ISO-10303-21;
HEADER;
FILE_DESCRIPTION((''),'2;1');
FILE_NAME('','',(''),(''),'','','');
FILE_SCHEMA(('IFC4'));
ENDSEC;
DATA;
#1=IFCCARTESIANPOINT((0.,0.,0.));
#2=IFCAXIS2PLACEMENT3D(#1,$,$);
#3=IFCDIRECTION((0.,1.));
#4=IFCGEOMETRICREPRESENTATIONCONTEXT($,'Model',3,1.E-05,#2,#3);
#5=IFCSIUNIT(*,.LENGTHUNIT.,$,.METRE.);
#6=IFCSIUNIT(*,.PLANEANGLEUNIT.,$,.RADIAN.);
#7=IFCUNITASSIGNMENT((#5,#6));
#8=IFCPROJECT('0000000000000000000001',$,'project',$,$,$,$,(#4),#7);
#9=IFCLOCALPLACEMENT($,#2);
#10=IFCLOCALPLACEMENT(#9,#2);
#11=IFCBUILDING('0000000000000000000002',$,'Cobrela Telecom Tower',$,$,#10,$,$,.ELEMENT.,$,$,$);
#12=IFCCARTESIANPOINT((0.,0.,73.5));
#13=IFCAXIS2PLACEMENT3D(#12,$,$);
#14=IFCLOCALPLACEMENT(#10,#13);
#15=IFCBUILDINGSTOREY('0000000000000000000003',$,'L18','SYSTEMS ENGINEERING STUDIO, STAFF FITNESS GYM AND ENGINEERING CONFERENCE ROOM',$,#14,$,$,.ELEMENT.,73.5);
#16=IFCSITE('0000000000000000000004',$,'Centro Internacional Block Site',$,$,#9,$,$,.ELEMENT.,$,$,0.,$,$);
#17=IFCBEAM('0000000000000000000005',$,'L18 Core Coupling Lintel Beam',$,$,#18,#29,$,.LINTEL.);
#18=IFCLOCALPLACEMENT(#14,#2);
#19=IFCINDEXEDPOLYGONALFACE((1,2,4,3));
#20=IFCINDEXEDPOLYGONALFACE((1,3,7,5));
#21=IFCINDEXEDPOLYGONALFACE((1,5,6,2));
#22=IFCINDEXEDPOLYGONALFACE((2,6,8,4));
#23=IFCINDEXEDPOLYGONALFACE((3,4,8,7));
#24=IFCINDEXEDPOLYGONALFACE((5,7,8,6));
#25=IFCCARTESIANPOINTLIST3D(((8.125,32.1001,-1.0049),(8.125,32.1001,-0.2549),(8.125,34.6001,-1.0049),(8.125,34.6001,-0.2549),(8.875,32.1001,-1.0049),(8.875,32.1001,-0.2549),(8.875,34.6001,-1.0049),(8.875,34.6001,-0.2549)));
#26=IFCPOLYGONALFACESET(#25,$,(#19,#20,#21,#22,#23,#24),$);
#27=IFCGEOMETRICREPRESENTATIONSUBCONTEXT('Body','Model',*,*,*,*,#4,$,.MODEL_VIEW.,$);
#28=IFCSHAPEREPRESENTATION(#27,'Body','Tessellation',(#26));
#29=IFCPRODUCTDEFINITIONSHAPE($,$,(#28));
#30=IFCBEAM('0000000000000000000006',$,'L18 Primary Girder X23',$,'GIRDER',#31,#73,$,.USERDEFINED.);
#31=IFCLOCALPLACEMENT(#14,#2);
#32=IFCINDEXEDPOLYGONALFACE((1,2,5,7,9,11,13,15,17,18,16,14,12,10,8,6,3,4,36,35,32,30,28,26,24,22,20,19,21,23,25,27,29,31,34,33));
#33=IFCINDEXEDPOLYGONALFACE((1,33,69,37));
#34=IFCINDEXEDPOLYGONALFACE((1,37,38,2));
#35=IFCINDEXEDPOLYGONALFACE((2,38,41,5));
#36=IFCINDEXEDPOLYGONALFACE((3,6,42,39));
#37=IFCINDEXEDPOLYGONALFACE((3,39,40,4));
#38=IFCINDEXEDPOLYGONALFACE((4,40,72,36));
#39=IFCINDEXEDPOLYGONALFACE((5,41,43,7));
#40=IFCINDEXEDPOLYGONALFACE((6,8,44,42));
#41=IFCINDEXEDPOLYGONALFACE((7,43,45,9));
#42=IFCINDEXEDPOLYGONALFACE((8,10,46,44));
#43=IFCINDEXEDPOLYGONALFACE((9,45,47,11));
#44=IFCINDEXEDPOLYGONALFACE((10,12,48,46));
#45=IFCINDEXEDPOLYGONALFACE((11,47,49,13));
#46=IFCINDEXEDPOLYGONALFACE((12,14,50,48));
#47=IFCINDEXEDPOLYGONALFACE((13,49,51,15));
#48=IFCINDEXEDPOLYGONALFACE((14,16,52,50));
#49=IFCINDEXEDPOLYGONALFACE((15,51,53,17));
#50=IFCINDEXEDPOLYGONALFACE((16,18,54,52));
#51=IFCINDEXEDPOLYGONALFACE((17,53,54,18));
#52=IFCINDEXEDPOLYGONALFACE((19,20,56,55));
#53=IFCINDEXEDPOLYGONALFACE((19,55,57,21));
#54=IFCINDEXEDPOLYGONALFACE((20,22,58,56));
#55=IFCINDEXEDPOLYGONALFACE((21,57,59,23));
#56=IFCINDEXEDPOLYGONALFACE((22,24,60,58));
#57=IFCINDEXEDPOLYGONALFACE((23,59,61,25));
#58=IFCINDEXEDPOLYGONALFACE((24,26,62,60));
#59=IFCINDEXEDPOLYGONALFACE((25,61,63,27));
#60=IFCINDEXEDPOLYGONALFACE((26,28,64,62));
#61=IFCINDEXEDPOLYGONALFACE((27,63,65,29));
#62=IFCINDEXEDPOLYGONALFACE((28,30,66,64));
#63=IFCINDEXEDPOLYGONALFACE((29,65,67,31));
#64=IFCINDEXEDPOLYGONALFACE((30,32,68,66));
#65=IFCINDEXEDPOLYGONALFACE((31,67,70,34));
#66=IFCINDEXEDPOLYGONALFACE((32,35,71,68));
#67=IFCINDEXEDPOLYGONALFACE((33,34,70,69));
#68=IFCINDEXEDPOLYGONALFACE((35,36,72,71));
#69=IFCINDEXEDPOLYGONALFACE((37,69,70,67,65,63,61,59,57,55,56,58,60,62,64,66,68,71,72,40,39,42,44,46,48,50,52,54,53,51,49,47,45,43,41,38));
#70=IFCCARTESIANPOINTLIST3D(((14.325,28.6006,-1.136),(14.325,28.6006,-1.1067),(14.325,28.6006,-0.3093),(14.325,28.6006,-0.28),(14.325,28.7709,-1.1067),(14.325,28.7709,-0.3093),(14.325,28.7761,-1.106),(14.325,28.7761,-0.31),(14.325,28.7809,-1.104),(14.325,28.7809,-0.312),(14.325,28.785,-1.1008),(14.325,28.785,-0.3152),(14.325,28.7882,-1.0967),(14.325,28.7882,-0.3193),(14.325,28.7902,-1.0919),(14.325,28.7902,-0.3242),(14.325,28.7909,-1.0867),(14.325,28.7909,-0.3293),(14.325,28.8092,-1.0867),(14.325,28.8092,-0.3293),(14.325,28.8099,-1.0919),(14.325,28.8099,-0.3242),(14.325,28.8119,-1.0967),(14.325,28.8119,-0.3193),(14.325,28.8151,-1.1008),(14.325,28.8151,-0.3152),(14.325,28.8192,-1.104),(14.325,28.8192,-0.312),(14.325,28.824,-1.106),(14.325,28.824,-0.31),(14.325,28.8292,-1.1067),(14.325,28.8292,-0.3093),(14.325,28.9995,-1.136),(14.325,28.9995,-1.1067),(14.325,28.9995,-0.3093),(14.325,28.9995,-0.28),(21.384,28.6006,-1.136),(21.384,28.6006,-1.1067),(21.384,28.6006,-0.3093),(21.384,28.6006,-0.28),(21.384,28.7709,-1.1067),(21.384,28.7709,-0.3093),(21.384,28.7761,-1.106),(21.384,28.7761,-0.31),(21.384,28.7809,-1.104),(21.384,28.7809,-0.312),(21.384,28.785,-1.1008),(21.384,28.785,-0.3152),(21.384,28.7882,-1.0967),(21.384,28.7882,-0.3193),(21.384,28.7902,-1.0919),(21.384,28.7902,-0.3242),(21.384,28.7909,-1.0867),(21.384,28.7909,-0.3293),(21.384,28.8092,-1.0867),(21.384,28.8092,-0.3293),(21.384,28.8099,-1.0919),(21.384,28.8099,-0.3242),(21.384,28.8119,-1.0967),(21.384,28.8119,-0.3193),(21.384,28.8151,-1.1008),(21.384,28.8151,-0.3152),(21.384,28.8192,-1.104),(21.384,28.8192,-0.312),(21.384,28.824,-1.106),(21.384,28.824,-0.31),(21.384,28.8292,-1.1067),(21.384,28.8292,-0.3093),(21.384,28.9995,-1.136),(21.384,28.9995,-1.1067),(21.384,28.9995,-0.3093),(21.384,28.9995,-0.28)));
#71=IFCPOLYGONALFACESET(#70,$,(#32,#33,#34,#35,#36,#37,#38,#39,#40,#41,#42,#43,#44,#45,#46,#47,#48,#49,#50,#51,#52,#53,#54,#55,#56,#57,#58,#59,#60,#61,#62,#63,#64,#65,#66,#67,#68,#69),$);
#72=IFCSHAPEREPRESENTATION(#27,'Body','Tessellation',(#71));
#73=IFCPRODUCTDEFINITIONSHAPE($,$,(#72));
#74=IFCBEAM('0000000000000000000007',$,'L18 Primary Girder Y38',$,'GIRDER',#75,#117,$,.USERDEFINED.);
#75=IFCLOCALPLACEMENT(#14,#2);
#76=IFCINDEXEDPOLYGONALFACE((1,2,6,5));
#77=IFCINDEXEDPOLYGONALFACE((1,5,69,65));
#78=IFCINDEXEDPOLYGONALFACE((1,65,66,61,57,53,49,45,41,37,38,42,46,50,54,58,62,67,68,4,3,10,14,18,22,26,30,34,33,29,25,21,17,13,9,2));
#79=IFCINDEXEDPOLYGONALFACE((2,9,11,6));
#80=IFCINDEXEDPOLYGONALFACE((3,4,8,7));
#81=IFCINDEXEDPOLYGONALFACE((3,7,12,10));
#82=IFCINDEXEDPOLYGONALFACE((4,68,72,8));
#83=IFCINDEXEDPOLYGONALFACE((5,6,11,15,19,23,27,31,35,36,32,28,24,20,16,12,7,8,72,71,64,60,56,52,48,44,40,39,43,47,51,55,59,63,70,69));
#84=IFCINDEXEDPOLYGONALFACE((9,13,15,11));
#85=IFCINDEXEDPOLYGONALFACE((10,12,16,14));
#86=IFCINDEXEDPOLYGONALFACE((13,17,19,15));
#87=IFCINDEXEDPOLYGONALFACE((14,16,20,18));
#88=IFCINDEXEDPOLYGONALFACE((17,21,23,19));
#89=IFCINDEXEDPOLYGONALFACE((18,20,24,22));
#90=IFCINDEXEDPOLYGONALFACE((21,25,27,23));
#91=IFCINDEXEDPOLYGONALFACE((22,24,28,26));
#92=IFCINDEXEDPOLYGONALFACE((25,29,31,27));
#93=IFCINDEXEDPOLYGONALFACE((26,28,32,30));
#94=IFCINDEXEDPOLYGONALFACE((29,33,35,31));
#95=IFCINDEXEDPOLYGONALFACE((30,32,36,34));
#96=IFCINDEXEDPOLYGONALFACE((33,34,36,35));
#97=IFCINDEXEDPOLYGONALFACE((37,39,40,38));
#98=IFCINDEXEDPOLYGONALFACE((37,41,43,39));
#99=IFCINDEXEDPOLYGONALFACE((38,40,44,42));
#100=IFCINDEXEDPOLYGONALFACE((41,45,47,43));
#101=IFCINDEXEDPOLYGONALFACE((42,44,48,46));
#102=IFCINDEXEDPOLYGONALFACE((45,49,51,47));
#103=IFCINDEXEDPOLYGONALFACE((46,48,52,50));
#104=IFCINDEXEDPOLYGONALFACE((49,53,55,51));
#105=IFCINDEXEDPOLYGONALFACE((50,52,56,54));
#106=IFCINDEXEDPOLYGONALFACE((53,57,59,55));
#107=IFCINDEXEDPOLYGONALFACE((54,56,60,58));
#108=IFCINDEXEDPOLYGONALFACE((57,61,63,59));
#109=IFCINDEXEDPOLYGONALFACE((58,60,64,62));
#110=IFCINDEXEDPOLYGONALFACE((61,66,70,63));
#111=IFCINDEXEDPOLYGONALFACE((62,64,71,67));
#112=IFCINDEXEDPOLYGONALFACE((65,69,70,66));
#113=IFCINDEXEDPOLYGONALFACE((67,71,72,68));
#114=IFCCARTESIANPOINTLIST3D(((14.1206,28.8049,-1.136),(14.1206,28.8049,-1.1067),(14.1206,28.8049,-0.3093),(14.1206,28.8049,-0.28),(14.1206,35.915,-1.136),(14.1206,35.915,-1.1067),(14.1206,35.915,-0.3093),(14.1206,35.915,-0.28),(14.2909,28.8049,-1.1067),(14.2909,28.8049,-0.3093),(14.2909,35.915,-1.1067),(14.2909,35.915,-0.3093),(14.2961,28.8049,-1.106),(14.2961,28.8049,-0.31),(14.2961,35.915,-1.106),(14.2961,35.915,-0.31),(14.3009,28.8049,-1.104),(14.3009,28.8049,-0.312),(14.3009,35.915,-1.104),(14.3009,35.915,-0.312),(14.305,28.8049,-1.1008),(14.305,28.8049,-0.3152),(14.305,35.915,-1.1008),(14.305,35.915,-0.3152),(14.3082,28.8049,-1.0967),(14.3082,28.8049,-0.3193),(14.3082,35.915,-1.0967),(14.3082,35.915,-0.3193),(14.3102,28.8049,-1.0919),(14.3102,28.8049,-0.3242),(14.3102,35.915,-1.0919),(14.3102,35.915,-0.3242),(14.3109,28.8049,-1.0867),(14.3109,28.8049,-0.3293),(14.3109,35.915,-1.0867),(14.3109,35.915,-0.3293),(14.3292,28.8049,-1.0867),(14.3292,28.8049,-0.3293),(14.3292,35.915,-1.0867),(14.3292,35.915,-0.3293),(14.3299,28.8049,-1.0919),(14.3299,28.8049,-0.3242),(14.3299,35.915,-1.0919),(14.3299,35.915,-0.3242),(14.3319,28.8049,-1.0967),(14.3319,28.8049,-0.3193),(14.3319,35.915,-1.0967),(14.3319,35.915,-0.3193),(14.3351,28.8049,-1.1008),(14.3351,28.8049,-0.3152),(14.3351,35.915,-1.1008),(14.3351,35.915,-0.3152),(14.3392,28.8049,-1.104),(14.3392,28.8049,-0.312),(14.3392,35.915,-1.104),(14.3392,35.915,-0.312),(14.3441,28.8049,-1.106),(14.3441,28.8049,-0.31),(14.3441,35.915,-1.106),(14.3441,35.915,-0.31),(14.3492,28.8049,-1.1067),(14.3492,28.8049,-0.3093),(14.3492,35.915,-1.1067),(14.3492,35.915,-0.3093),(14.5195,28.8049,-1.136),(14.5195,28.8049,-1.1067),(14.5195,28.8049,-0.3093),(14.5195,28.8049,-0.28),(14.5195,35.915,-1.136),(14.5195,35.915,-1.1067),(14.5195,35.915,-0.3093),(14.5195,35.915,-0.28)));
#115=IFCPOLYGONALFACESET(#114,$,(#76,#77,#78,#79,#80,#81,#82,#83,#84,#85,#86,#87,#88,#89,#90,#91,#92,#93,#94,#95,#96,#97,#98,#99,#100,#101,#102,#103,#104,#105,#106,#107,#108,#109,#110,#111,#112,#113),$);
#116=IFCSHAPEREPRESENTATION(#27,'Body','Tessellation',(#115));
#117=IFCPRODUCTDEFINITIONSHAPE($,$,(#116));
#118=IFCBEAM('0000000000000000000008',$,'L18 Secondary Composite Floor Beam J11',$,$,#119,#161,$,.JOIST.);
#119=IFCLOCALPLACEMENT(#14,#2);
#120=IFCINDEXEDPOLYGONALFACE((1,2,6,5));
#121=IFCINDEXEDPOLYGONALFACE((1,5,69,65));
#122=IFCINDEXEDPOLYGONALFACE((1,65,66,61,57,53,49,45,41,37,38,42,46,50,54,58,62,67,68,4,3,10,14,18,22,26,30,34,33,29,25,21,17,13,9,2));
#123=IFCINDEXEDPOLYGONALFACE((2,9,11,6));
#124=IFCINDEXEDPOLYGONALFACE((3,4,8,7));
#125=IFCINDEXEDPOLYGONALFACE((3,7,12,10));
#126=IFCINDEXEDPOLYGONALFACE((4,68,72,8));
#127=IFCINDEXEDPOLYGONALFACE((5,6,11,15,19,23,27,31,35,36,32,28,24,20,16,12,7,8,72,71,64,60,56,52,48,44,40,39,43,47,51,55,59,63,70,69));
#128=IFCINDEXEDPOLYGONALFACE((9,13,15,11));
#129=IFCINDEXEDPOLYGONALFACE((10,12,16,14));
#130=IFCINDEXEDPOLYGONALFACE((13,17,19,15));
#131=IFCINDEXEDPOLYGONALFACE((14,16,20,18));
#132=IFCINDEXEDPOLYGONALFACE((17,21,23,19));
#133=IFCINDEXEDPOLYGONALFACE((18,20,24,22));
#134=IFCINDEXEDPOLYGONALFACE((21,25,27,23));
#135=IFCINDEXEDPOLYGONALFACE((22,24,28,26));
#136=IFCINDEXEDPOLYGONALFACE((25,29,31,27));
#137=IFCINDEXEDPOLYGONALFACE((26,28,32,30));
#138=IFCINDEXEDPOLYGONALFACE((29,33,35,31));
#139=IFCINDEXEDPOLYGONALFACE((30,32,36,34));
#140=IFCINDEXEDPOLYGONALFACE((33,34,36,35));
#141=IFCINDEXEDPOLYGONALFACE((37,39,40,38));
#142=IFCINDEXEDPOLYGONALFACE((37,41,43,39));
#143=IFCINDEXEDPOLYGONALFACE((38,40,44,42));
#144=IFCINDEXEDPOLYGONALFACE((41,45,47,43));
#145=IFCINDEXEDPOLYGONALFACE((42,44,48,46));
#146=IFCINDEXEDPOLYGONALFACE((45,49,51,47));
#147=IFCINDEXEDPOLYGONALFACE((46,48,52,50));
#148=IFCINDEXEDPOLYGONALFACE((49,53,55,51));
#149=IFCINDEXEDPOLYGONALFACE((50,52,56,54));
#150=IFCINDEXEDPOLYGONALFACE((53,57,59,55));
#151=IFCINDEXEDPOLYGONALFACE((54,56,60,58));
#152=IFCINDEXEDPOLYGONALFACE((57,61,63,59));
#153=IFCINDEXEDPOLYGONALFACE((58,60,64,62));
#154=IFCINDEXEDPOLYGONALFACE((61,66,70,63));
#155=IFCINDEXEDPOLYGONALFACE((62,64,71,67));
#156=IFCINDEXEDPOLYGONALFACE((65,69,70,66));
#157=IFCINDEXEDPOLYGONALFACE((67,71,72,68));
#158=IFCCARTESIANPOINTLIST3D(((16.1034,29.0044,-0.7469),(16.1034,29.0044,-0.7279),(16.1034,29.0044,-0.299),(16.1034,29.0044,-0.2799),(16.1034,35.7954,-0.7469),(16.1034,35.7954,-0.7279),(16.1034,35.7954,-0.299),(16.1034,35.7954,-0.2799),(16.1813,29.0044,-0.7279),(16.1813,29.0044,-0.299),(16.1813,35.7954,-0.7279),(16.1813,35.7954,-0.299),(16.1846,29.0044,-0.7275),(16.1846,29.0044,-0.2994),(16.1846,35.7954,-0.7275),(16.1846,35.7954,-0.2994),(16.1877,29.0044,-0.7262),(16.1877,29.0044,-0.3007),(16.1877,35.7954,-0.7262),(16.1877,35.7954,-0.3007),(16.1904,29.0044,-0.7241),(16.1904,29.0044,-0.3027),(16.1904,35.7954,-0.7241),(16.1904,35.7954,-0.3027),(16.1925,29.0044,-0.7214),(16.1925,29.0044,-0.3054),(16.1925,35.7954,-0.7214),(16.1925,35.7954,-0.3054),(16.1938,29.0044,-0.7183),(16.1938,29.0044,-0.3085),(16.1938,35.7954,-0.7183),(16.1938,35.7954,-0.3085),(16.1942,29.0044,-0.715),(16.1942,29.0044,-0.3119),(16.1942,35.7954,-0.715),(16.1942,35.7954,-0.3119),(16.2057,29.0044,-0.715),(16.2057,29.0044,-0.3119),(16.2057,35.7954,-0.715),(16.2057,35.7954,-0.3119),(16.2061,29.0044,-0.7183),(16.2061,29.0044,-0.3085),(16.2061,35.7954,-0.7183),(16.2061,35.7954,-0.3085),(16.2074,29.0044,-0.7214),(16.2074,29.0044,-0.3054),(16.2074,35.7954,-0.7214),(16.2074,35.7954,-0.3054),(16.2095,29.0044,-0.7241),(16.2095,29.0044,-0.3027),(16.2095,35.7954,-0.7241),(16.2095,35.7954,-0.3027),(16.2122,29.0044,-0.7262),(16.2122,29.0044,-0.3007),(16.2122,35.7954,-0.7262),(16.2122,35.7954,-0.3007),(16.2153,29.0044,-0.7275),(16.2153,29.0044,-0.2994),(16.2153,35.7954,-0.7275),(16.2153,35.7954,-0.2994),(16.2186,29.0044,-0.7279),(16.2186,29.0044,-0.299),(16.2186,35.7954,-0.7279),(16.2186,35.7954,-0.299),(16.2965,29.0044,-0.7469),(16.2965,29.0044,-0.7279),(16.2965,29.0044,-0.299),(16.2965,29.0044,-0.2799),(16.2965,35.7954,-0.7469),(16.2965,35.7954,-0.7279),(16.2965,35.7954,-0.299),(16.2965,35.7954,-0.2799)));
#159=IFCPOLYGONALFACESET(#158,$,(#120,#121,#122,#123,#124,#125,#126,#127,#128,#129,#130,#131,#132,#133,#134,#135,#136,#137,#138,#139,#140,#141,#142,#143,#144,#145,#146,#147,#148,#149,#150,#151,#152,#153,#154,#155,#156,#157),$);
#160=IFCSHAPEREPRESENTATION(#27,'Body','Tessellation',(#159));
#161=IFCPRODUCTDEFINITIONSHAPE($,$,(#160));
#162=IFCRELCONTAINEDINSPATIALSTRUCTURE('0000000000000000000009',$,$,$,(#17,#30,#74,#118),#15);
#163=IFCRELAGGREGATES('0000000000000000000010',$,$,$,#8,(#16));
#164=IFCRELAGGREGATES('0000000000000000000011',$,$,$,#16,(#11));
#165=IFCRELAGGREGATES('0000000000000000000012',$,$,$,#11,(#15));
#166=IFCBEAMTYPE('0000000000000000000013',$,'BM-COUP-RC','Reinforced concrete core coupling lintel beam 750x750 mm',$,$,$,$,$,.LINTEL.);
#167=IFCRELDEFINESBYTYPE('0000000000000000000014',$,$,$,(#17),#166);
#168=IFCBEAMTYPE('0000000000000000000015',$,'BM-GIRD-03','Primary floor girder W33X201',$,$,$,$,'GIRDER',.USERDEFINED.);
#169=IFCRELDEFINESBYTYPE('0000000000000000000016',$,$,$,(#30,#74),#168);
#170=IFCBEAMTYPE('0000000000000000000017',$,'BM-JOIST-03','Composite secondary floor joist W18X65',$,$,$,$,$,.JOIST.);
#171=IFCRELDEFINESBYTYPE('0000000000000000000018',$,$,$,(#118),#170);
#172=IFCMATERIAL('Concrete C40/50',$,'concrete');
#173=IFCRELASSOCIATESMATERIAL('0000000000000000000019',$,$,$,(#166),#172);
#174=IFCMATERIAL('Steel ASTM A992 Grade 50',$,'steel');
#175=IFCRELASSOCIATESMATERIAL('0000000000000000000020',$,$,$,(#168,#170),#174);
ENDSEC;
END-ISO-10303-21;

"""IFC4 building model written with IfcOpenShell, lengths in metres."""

from ifc_helpers import new_model, si_unit, direction, frame, origin, origin_2d, place, context, subcontext, project, spatial, rectangle, i_section, extrude, material, material_profile, profile_set, type_object, element, save


model = new_model("IFC4")

# Units and contexts
model_context = context("Model", 3, precision=1e-05, world=origin(), true_north=direction((0.0, 1.0)))
body_context = subcontext(model_context, "Body", "Model", "MODEL_VIEW")
ifc_project = project(units=[si_unit("LENGTHUNIT", "METRE"), si_unit("PLANEANGLEUNIT", "RADIAN")], contexts=[model_context])

# Site, building, storey
site_placement = place(None, origin())
site = spatial("IfcSite", under=ifc_project, at=site_placement, Name="Centro Internacional Block Site", CompositionType="ELEMENT", RefElevation=0.0)
building_placement = place(site_placement, origin())
building = spatial("IfcBuilding", under=site, at=building_placement, Name="Cobrela Telecom Tower", CompositionType="ELEMENT")
storey_placement = place(building_placement, frame((0.0, 0.0, 73.5)))
storey = spatial("IfcBuildingStorey", under=building, at=storey_placement, Name="L18", Description="SYSTEMS ENGINEERING STUDIO, STAFF FITNESS GYM AND ENGINEERING CONFERENCE ROOM", CompositionType="ELEMENT", Elevation=73.5)

# Beams
ifc_material_1 = material(Name="Concrete C40/50", Category="concrete")
ifc_material_profile_1 = material_profile(ifc_material_1, rectangle(XDim=0.75, YDim=0.75, at=origin_2d()), Name="RC 750x750")
ifc_profile_set_1 = profile_set([ifc_material_profile_1], Name="Concrete C40/50")
beam_type_1 = type_object("IfcBeamType", Name="BM-COUP-RC", Description="Reinforced concrete core coupling lintel beam 750x750 mm", PredefinedType="LINTEL", material=ifc_profile_set_1)
beam_1_placement = place(storey_placement, frame((8.5, 32.1001, -0.6299), z_axis=(0.0, 1.0, 0.0), x_axis=(-1.0, 0.0, 0.0)))
element("IfcBeam", 1, at=beam_1_placement, inside=storey, type_object=beam_type_1, Name="L18 Core Coupling Lintel Beam", PredefinedType="LINTEL", context=body_context, shape_type="SweptSolid", body=[
    extrude(rectangle(XDim=0.75, YDim=0.75, at=origin_2d()), origin(), (0.0, 0.0, 1.0), 2.5),
])
ifc_material_2 = material(Name="Steel ASTM A992 Grade 50", Category="steel")
ifc_material_profile_2 = material_profile(ifc_material_2, i_section(OverallWidth=0.3989, OverallDepth=0.856, WebThickness=0.0183, FlangeThickness=0.0293, FilletRadius=0.02, at=origin_2d()), Name="W33X201")
ifc_profile_set_2 = profile_set([ifc_material_profile_2], Name="Steel ASTM A992 Grade 50")
beam_type_2 = type_object("IfcBeamType", Name="BM-GIRD-03", Description="Primary floor girder W33X201", ElementType="GIRDER", PredefinedType="USERDEFINED", material=ifc_profile_set_2)
beam_2_placement = place(storey_placement, frame((14.325, 28.8, -0.708), z_axis=(1.0, 0.0, 0.0), x_axis=(0.0, 1.0, 0.0)))
element("IfcBeam", 2, at=beam_2_placement, inside=storey, type_object=beam_type_2, Name="L18 Primary Girder X23", ObjectType="GIRDER", PredefinedType="USERDEFINED", context=body_context, shape_type="SweptSolid", body=[
    extrude(i_section(OverallWidth=0.3989, OverallDepth=0.856, WebThickness=0.0183, FlangeThickness=0.0293, FilletRadius=0.02, at=origin_2d()), origin(), (0.0, 0.0, 1.0), 7.0591),
])
beam_3_placement = place(storey_placement, frame((14.3201, 28.8049, -0.708), z_axis=(0.0, 1.0, 0.0), x_axis=(-1.0, 0.0, 0.0)))
element("IfcBeam", 3, at=beam_3_placement, inside=storey, type_object=beam_type_2, Name="L18 Primary Girder Y38", ObjectType="GIRDER", PredefinedType="USERDEFINED", context=body_context, shape_type="SweptSolid", body=[
    extrude(i_section(OverallWidth=0.3989, OverallDepth=0.856, WebThickness=0.0183, FlangeThickness=0.0293, FilletRadius=0.02, at=origin_2d()), origin(), (0.0, 0.0, 1.0), 7.1101),
])
ifc_material_profile_3 = material_profile(ifc_material_2, i_section(OverallWidth=0.1931, OverallDepth=0.467, WebThickness=0.0115, FlangeThickness=0.019, FilletRadius=0.0129, at=origin_2d()), Name="W18X65")
ifc_profile_set_3 = profile_set([ifc_material_profile_3], Name="Steel ASTM A992 Grade 50")
beam_type_3 = type_object("IfcBeamType", Name="BM-JOIST-03", Description="Composite secondary floor joist W18X65", PredefinedType="JOIST", material=ifc_profile_set_3)
for number, where, z_axis, x_axis, name in (
    (4, (16.2, 29.0044, -0.5134), (0.0, 1.0, 0.0), (-1.0, 0.0, 0.0), "L18 Secondary Composite Floor Beam J11"),
):
    element("IfcBeam", number, at=place(storey_placement, frame(where, z_axis=z_axis, x_axis=x_axis)), inside=storey, type_object=beam_type_3, Name=name, PredefinedType="JOIST", context=body_context, shape_type="SweptSolid", body=[
        extrude(i_section(OverallWidth=0.1931, OverallDepth=0.467, WebThickness=0.0115, FlangeThickness=0.019, FilletRadius=0.0129, at=origin_2d()), origin(), (0.0, 0.0, 1.0), 6.791),
    ])

save(model, "model.ifc")
